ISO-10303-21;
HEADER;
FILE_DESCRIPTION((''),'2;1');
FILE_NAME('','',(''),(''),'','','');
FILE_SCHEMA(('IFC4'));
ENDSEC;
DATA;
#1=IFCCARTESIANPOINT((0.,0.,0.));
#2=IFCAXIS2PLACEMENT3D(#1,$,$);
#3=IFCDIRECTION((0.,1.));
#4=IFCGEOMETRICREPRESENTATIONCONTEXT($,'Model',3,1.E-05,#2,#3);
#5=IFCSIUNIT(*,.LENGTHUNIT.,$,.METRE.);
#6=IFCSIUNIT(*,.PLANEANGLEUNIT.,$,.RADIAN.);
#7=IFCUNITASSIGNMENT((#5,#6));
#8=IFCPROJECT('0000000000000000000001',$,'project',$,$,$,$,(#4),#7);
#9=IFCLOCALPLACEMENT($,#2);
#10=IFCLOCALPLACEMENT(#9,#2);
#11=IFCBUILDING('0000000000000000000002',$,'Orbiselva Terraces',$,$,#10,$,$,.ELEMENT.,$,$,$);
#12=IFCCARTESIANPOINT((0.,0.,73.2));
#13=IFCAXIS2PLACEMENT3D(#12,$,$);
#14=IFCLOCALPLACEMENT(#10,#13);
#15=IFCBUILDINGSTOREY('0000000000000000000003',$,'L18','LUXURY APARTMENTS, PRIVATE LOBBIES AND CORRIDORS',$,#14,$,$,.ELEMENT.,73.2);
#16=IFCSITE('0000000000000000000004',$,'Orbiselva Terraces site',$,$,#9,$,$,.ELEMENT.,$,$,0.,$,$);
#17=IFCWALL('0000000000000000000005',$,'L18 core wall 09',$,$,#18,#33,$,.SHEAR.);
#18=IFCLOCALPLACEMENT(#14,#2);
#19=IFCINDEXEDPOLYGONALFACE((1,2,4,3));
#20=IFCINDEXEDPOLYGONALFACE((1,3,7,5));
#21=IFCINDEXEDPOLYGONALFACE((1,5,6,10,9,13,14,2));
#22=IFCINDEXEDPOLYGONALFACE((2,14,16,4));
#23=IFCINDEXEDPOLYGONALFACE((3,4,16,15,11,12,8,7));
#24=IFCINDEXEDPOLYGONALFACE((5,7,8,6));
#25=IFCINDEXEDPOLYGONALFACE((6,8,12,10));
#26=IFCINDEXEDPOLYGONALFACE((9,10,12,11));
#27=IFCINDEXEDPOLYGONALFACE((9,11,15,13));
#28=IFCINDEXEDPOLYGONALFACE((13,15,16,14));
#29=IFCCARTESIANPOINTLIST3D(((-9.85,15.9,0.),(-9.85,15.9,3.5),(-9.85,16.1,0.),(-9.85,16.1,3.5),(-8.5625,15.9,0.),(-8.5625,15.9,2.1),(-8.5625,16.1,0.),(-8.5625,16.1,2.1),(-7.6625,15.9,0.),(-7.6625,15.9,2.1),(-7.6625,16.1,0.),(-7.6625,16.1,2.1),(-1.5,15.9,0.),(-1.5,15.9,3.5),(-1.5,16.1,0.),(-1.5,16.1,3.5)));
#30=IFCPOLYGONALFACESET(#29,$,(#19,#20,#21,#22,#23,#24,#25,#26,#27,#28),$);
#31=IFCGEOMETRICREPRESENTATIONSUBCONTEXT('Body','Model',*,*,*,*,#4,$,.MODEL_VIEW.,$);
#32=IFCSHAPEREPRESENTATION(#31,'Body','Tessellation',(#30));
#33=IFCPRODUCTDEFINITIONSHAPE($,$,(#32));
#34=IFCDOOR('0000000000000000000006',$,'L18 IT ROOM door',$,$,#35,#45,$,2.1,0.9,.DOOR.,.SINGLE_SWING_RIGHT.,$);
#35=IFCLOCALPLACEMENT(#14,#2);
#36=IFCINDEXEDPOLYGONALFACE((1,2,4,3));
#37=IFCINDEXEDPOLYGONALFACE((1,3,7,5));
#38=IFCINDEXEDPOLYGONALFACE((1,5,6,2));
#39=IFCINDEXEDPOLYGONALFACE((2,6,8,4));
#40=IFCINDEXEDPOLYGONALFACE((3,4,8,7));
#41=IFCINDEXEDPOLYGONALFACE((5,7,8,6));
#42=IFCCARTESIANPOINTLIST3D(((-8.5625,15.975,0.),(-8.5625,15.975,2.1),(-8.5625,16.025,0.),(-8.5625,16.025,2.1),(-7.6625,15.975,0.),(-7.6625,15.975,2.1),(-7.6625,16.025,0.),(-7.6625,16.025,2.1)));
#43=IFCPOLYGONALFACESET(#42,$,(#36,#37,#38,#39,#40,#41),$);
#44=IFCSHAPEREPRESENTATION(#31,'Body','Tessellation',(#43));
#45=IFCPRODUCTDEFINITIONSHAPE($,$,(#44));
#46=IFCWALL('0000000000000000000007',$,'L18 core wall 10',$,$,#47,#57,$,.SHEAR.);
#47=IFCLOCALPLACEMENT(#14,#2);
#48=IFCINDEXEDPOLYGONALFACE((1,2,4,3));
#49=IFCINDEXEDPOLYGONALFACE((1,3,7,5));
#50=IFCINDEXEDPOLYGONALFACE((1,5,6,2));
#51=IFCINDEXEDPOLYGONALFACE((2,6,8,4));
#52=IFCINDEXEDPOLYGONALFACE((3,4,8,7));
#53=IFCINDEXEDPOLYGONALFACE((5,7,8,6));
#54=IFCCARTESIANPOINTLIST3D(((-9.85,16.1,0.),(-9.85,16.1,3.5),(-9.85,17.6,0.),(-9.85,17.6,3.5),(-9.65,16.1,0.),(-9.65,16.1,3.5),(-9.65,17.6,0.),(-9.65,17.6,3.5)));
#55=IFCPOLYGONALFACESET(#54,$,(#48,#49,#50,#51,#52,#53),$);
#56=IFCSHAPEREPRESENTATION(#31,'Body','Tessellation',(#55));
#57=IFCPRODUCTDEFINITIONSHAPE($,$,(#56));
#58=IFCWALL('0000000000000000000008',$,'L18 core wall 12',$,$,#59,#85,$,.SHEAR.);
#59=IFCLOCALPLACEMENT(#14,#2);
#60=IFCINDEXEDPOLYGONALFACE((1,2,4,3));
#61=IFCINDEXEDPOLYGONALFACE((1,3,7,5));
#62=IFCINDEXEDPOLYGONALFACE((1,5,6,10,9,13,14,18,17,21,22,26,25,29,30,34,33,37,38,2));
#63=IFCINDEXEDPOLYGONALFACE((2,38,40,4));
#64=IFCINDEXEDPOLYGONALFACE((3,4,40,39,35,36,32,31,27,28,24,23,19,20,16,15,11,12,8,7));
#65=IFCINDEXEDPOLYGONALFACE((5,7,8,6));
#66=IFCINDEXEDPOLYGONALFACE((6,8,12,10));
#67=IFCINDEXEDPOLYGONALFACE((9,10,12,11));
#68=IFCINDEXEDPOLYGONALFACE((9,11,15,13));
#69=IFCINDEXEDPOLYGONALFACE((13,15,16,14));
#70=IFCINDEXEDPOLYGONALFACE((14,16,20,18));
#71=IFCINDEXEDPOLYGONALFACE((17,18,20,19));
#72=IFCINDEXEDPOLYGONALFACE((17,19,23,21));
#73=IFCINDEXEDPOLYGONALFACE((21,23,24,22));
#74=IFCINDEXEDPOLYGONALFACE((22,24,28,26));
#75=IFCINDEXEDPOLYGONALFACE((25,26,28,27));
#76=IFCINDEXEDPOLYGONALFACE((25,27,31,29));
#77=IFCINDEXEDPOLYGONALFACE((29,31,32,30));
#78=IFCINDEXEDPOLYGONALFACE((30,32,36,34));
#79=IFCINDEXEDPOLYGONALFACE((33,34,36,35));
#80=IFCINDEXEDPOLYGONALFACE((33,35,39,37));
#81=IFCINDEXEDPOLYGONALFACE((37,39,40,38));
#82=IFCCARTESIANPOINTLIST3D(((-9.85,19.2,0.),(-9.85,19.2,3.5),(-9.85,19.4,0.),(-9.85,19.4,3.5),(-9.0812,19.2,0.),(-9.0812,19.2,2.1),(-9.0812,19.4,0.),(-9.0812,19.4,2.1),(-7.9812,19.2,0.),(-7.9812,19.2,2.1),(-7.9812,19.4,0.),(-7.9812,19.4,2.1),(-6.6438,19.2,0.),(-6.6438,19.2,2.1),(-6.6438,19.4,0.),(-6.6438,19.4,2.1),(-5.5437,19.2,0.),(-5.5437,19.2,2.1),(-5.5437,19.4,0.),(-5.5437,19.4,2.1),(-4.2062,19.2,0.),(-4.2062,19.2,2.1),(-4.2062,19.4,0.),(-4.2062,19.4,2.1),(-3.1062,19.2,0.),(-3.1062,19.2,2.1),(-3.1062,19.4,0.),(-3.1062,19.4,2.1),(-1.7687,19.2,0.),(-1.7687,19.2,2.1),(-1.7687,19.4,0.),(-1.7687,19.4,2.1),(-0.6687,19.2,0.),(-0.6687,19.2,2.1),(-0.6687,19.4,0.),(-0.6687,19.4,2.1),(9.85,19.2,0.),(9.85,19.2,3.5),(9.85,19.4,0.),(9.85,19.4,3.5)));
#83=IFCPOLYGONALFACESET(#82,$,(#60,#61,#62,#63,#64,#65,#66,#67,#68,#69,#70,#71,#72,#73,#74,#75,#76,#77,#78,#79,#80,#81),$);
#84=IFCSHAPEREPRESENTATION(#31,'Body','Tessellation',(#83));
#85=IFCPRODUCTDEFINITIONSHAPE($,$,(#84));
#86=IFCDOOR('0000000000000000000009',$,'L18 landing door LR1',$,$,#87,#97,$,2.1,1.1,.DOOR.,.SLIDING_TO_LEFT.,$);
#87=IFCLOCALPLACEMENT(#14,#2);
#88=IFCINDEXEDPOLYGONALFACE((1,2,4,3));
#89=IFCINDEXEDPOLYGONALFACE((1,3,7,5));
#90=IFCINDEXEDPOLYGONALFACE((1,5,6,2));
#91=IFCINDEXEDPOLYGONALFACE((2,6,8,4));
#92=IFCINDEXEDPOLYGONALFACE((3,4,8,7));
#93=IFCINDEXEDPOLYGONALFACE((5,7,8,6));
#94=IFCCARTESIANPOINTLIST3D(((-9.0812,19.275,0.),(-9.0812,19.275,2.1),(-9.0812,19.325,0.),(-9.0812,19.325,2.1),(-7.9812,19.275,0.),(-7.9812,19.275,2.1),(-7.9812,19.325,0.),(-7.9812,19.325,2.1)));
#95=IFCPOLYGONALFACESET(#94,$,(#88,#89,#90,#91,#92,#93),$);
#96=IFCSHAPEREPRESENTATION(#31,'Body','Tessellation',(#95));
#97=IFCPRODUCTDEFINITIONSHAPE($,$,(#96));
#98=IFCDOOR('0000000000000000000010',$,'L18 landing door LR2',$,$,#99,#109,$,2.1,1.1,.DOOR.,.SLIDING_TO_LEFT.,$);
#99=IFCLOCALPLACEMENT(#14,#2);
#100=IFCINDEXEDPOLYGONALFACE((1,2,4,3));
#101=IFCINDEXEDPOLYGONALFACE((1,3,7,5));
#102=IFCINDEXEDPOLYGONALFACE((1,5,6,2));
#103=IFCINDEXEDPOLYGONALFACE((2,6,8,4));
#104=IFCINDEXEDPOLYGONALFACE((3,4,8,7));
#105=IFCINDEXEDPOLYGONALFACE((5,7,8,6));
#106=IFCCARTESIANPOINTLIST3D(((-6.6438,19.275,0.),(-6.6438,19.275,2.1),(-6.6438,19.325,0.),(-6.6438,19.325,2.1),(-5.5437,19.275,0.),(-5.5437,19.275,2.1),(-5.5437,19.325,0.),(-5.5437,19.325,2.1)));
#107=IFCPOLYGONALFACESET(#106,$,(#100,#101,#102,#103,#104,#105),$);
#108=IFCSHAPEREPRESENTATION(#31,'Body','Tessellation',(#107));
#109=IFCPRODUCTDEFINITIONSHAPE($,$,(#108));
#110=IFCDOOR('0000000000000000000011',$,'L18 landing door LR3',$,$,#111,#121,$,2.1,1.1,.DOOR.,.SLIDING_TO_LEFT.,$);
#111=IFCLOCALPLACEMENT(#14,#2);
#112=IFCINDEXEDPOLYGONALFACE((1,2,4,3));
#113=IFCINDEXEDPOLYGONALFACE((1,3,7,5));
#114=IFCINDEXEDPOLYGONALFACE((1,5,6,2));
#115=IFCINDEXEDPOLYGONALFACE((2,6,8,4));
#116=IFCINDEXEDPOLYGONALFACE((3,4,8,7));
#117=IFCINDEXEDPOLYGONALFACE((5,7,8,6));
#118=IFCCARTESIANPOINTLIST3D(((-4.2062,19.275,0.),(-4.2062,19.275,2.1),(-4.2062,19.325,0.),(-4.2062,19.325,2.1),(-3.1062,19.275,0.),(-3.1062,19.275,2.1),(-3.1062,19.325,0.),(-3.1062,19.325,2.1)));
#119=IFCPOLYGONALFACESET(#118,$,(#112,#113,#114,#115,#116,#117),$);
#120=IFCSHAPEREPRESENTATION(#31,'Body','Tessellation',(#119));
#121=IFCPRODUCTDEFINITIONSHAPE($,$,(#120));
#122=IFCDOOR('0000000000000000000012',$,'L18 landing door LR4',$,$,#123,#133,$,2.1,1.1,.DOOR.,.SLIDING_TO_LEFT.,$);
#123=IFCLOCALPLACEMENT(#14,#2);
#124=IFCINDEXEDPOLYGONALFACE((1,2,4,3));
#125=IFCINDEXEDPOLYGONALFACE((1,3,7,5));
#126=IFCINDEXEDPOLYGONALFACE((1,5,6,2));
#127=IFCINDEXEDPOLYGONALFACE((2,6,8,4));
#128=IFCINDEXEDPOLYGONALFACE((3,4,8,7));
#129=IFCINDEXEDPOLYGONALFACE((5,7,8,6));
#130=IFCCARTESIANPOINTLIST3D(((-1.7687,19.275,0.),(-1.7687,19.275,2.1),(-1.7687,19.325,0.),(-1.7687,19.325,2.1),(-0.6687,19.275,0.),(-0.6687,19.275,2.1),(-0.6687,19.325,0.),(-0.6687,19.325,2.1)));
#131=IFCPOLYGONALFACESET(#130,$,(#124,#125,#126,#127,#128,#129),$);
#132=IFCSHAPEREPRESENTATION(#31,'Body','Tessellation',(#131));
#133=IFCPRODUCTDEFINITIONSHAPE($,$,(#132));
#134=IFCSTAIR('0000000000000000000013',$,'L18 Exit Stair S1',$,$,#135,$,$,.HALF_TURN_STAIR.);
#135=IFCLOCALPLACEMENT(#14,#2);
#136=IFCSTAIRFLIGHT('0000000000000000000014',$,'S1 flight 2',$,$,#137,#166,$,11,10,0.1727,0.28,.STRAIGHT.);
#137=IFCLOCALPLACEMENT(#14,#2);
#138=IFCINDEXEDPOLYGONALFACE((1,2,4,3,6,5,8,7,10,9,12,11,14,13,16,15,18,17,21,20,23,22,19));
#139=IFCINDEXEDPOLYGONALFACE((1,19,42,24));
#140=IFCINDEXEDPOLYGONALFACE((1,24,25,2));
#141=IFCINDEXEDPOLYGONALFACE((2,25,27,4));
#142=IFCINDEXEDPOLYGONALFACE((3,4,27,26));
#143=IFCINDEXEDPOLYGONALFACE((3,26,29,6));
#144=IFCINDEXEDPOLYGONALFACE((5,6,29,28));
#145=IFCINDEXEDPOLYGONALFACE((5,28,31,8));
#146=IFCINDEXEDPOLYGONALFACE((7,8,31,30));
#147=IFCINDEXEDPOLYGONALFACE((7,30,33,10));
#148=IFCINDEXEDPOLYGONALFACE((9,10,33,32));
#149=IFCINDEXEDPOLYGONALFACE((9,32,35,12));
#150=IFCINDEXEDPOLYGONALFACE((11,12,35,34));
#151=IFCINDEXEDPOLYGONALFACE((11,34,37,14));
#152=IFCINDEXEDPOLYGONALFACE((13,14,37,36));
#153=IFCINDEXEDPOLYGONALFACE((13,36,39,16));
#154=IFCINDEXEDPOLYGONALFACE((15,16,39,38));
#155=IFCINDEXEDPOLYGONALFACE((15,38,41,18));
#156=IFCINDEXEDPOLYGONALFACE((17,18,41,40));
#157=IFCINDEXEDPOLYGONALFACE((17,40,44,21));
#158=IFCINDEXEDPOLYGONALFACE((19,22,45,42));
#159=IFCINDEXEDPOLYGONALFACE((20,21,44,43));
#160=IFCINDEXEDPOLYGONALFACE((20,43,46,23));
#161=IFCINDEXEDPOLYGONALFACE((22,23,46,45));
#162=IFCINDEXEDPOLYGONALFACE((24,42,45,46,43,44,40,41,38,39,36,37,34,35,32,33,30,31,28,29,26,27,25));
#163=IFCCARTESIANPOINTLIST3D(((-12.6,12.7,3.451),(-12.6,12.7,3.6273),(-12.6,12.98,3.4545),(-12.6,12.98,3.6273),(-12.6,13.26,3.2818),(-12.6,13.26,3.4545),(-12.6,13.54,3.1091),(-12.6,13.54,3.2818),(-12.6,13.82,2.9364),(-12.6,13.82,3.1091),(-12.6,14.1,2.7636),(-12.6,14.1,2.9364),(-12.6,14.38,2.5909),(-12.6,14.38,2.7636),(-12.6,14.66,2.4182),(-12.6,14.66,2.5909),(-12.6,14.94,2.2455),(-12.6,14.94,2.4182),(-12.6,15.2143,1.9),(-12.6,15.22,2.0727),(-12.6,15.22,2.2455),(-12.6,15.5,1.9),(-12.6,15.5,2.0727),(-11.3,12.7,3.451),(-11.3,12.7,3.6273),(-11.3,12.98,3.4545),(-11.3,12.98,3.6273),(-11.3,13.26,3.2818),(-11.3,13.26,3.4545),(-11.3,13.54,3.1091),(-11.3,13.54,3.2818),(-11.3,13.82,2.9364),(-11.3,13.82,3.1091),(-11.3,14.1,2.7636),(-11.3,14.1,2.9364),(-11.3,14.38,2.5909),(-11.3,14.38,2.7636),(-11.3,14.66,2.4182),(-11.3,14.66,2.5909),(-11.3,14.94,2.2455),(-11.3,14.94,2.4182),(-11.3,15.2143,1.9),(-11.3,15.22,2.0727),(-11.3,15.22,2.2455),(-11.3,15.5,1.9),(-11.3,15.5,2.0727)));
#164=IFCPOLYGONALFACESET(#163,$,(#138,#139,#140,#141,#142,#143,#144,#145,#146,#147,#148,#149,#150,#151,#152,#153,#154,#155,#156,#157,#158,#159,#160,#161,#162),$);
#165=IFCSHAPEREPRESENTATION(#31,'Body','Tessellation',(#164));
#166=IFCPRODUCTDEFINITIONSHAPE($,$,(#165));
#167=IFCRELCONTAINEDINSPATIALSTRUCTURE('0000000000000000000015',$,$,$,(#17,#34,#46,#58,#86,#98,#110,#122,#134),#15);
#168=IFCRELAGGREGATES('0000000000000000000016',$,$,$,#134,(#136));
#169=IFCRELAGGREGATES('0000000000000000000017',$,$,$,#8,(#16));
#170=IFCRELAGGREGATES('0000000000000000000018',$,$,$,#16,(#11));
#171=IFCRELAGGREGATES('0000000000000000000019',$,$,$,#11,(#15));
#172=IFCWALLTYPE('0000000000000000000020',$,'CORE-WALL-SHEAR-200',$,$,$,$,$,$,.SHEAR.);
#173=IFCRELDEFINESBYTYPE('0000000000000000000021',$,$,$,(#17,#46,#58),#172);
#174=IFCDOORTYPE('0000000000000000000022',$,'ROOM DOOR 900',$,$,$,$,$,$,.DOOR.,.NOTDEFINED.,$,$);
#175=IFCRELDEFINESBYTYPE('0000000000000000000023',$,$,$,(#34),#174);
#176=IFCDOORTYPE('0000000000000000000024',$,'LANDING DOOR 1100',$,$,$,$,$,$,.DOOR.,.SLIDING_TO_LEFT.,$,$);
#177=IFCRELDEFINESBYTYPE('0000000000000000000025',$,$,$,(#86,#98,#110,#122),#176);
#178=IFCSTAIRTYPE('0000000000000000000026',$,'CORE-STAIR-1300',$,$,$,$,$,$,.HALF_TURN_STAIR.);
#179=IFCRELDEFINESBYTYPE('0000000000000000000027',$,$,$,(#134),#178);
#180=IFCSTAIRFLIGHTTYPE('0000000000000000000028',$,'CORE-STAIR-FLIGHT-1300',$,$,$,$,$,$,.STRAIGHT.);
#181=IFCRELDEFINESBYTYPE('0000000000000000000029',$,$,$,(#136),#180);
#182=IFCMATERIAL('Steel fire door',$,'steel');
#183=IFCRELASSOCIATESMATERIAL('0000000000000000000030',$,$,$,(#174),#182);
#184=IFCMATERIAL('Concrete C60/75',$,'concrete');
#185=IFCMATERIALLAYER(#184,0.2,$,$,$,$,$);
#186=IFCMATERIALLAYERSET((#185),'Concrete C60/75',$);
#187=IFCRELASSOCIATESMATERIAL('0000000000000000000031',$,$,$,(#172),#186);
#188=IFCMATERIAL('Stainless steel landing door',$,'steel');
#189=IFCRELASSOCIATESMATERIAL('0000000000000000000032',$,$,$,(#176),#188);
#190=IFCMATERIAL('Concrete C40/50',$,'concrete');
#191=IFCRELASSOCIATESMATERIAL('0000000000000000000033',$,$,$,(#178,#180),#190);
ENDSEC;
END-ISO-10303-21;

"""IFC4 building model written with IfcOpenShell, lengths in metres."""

from ifc_helpers import new_model, si_unit, direction, frame, frame_2d, origin, place, context, subcontext, project, spatial, polyline, rectangle, outline, extrude, material, layer, layer_set, type_object, element, fill, aggregate, save


model = new_model("IFC4")

# Units and contexts
model_context = context("Model", 3, precision=1e-05, world=origin(), true_north=direction((0.0, 1.0)))
body_context = subcontext(model_context, "Body", "Model", "MODEL_VIEW")
ifc_project = project(units=[si_unit("LENGTHUNIT", "METRE"), si_unit("PLANEANGLEUNIT", "RADIAN")], contexts=[model_context])

# Site, building, storey
site_placement = place(None, origin())
site = spatial("IfcSite", under=ifc_project, at=site_placement, Name="Orbiselva Terraces site", CompositionType="ELEMENT", RefElevation=0.0)
building_placement = place(site_placement, origin())
building = spatial("IfcBuilding", under=site, at=building_placement, Name="Orbiselva Terraces", CompositionType="ELEMENT")
storey_placement = place(building_placement, frame((0.0, 0.0, 73.2)))
storey = spatial("IfcBuildingStorey", under=building, at=storey_placement, Name="L18", Description="LUXURY APARTMENTS, PRIVATE LOBBIES AND CORRIDORS", CompositionType="ELEMENT", Elevation=73.2)

# Shared definitions
ifc_material_1 = material(Name="Steel fire door", Category="steel")
door_type_1 = type_object("IfcDoorType", Name="ROOM DOOR 900", OperationType="NOTDEFINED", PredefinedType="DOOR", material=ifc_material_1)

# Shared definitions
ifc_material_2 = material(Name="Concrete C40/50", Category="concrete")
ifc_material_3 = material(Name="Concrete C60/75", Category="concrete")
ifc_layer_1 = layer(ifc_material_3, 0.2)
ifc_layer_set_1 = layer_set([ifc_layer_1], Name="Concrete C60/75")
wall_type_1 = type_object("IfcWallType", Name="CORE-WALL-SHEAR-200", PredefinedType="SHEAR", material=ifc_layer_set_1)

# Wall, opening, door
wall_1_placement = place(storey_placement, frame((-1.5, 16.0, 0.0), z_axis=(0.0, 0.0, 1.0), x_axis=(-1.0, 0.0, 0.0)))
wall_1 = element("IfcWall", 1, at=wall_1_placement, inside=storey, type_object=wall_type_1, Name="L18 core wall 09", PredefinedType="SHEAR", context=body_context, shape_type="SweptSolid", body=[
    extrude(rectangle(XDim=8.35, YDim=0.2, at=frame_2d((4.175, 0.0))), origin(), (0.0, 0.0, 1.0), 3.5),
])
opening_1_placement = place(wall_1_placement, frame((6.1625, 0.0, 0.0)))
opening_1 = element("IfcOpeningElement", 2, at=opening_1_placement, cuts=wall_1, PredefinedType="OPENING", context=body_context, shape_type="SweptSolid", body=[
    extrude(rectangle(XDim=0.9, YDim=2.1, at=frame_2d((0.45, 1.05))), frame((0.0, 0.11, 0.0), z_axis=(0.0, -1.0, 0.0), x_axis=(1.0, 0.0, 0.0)), (0.0, 0.0, 1.0), 0.22),
])
door_1_placement = place(opening_1_placement, origin())
door_1 = element("IfcDoor", 3, at=door_1_placement, inside=storey, type_object=door_type_1, Name="L18 IT ROOM door", OperationType="SINGLE_SWING_RIGHT", OverallHeight=2.1, OverallWidth=0.9, PredefinedType="DOOR", context=body_context, shape_type="SweptSolid", body=[
    extrude(rectangle(XDim=0.9, YDim=2.1, at=frame_2d((0.45, 1.05))), frame((0.0, 0.025, 0.0), z_axis=(0.0, -1.0, 0.0), x_axis=(1.0, 0.0, 0.0)), (0.0, 0.0, 1.0), 0.05),
])
fill(opening_1, door_1)

# Wall
wall_2_placement = place(storey_placement, frame((-9.75, 16.1, 0.0), z_axis=(0.0, 0.0, 1.0), x_axis=(0.0, 1.0, 0.0)))
element("IfcWall", 4, at=wall_2_placement, inside=storey, type_object=wall_type_1, Name="L18 core wall 10", PredefinedType="SHEAR", context=body_context, shape_type="SweptSolid", body=[
    extrude(rectangle(XDim=1.5, YDim=0.2, at=frame_2d((0.75, 0.0))), origin(), (0.0, 0.0, 1.0), 3.5),
])

# Wall, openings, doors
wall_3_placement = place(storey_placement, frame((-9.85, 19.3, 0.0), z_axis=(0.0, 0.0, 1.0), x_axis=(1.0, 0.0, 0.0)))
wall_3 = element("IfcWall", 5, at=wall_3_placement, inside=storey, type_object=wall_type_1, Name="L18 core wall 12", PredefinedType="SHEAR", context=body_context, shape_type="SweptSolid", body=[
    extrude(rectangle(XDim=19.7, YDim=0.2, at=frame_2d((9.85, 0.0))), origin(), (0.0, 0.0, 1.0), 3.5),
])
opening_2_placement = place(wall_3_placement, frame((0.7688, 0.0, 0.0)))
opening_2 = element("IfcOpeningElement", 6, at=opening_2_placement, cuts=wall_3, PredefinedType="OPENING", context=body_context, shape_type="SweptSolid", body=[
    extrude(rectangle(XDim=1.1, YDim=2.1, at=frame_2d((0.55, 1.05))), frame((0.0, 0.11, 0.0), z_axis=(0.0, -1.0, 0.0), x_axis=(1.0, 0.0, 0.0)), (0.0, 0.0, 1.0), 0.22),
])
opening_3_placement = place(wall_3_placement, frame((3.2062, 0.0, 0.0)))
opening_3 = element("IfcOpeningElement", 7, at=opening_3_placement, cuts=wall_3, PredefinedType="OPENING", context=body_context, shape_type="SweptSolid", body=[
    extrude(rectangle(XDim=1.1, YDim=2.1, at=frame_2d((0.55, 1.05))), frame((0.0, 0.11, 0.0), z_axis=(0.0, -1.0, 0.0), x_axis=(1.0, 0.0, 0.0)), (0.0, 0.0, 1.0), 0.22),
])
opening_4_placement = place(wall_3_placement, frame((5.6437, 0.0, 0.0)))
opening_4 = element("IfcOpeningElement", 8, at=opening_4_placement, cuts=wall_3, PredefinedType="OPENING", context=body_context, shape_type="SweptSolid", body=[
    extrude(rectangle(XDim=1.1, YDim=2.1, at=frame_2d((0.55, 1.05))), frame((0.0, 0.11, 0.0), z_axis=(0.0, -1.0, 0.0), x_axis=(1.0, 0.0, 0.0)), (0.0, 0.0, 1.0), 0.22),
])
opening_5_placement = place(wall_3_placement, frame((8.0813, 0.0, 0.0)))
opening_5 = element("IfcOpeningElement", 9, at=opening_5_placement, cuts=wall_3, PredefinedType="OPENING", context=body_context, shape_type="SweptSolid", body=[
    extrude(rectangle(XDim=1.1, YDim=2.1, at=frame_2d((0.55, 1.05))), frame((0.0, 0.11, 0.0), z_axis=(0.0, -1.0, 0.0), x_axis=(1.0, 0.0, 0.0)), (0.0, 0.0, 1.0), 0.22),
])
ifc_material_4 = material(Name="Stainless steel landing door", Category="steel")
door_type_2 = type_object("IfcDoorType", Name="LANDING DOOR 1100", OperationType="SLIDING_TO_LEFT", PredefinedType="DOOR", material=ifc_material_4)
door_2_placement = place(opening_2_placement, origin())
door_2 = element("IfcDoor", 10, at=door_2_placement, inside=storey, type_object=door_type_2, Name="L18 landing door LR1", OperationType="SLIDING_TO_LEFT", OverallHeight=2.1, OverallWidth=1.1, PredefinedType="DOOR", context=body_context, shape_type="SweptSolid", body=[
    extrude(rectangle(XDim=1.1, YDim=2.1, at=frame_2d((0.55, 1.05))), frame((0.0, 0.025, 0.0), z_axis=(0.0, -1.0, 0.0), x_axis=(1.0, 0.0, 0.0)), (0.0, 0.0, 1.0), 0.05),
])
fill(opening_2, door_2)
door_3_placement = place(opening_3_placement, origin())
door_3 = element("IfcDoor", 11, at=door_3_placement, inside=storey, type_object=door_type_2, Name="L18 landing door LR2", OperationType="SLIDING_TO_LEFT", OverallHeight=2.1, OverallWidth=1.1, PredefinedType="DOOR", context=body_context, shape_type="SweptSolid", body=[
    extrude(rectangle(XDim=1.1, YDim=2.1, at=frame_2d((0.55, 1.05))), frame((0.0, 0.025, 0.0), z_axis=(0.0, -1.0, 0.0), x_axis=(1.0, 0.0, 0.0)), (0.0, 0.0, 1.0), 0.05),
])
fill(opening_3, door_3)
door_4_placement = place(opening_4_placement, origin())
door_4 = element("IfcDoor", 12, at=door_4_placement, inside=storey, type_object=door_type_2, Name="L18 landing door LR3", OperationType="SLIDING_TO_LEFT", OverallHeight=2.1, OverallWidth=1.1, PredefinedType="DOOR", context=body_context, shape_type="SweptSolid", body=[
    extrude(rectangle(XDim=1.1, YDim=2.1, at=frame_2d((0.55, 1.05))), frame((0.0, 0.025, 0.0), z_axis=(0.0, -1.0, 0.0), x_axis=(1.0, 0.0, 0.0)), (0.0, 0.0, 1.0), 0.05),
])
fill(opening_4, door_4)
door_5_placement = place(opening_5_placement, origin())
door_5 = element("IfcDoor", 13, at=door_5_placement, inside=storey, type_object=door_type_2, Name="L18 landing door LR4", OperationType="SLIDING_TO_LEFT", OverallHeight=2.1, OverallWidth=1.1, PredefinedType="DOOR", context=body_context, shape_type="SweptSolid", body=[
    extrude(rectangle(XDim=1.1, YDim=2.1, at=frame_2d((0.55, 1.05))), frame((0.0, 0.025, 0.0), z_axis=(0.0, -1.0, 0.0), x_axis=(1.0, 0.0, 0.0)), (0.0, 0.0, 1.0), 0.05),
])
fill(opening_5, door_5)

# Stair, stair flight
stair_type = type_object("IfcStairType", Name="CORE-STAIR-1300", PredefinedType="HALF_TURN_STAIR", material=ifc_material_2)
stair_placement = place(storey_placement, origin())
stair = element("IfcStair", 14, at=stair_placement, inside=storey, type_object=stair_type, Name="L18 Exit Stair S1", PredefinedType="HALF_TURN_STAIR")
stair_flight_type = type_object("IfcStairFlightType", Name="CORE-STAIR-FLIGHT-1300", PredefinedType="STRAIGHT", material=ifc_material_2)
stair_flight_placement = place(storey_placement, frame((-11.95, 15.5, 1.9), z_axis=(0.0, 0.0, 1.0), x_axis=(0.0, -1.0, 0.0)))
stair_flight = element("IfcStairFlight", 15, at=stair_flight_placement, type_object=stair_flight_type, Name="S1 flight 2", NumberOfRisers=11, NumberOfTreads=10, PredefinedType="STRAIGHT", RiserHeight=0.1727, TreadLength=0.28, context=body_context, shape_type="SweptSolid", body=[
    extrude(outline(polyline([(0.0, 0.0), (0.0, 0.1727), (0.28, 0.1727), (0.28, 0.3455), (0.56, 0.3455), (0.56, 0.5182), (0.84, 0.5182), (0.84, 0.6909), (1.12, 0.6909), (1.12, 0.8636), (1.4, 0.8636), (1.4, 1.0364), (1.68, 1.0364), (1.68, 1.2091), (1.96, 1.2091), (1.96, 1.3818), (2.24, 1.3818), (2.24, 1.5545), (2.52, 1.5545), (2.52, 1.7273), (2.8, 1.7273), (2.8, 1.9), (2.8, 1.551), (0.2857, 0.0), (0.0, 0.0)])), frame((0.0, 0.65, 0.0), z_axis=(0.0, -1.0, 0.0), x_axis=(1.0, 0.0, 0.0)), (0.0, 0.0, 1.0), 1.3),
])
aggregate(stair, [stair_flight])

save(model, "model.ifc")
